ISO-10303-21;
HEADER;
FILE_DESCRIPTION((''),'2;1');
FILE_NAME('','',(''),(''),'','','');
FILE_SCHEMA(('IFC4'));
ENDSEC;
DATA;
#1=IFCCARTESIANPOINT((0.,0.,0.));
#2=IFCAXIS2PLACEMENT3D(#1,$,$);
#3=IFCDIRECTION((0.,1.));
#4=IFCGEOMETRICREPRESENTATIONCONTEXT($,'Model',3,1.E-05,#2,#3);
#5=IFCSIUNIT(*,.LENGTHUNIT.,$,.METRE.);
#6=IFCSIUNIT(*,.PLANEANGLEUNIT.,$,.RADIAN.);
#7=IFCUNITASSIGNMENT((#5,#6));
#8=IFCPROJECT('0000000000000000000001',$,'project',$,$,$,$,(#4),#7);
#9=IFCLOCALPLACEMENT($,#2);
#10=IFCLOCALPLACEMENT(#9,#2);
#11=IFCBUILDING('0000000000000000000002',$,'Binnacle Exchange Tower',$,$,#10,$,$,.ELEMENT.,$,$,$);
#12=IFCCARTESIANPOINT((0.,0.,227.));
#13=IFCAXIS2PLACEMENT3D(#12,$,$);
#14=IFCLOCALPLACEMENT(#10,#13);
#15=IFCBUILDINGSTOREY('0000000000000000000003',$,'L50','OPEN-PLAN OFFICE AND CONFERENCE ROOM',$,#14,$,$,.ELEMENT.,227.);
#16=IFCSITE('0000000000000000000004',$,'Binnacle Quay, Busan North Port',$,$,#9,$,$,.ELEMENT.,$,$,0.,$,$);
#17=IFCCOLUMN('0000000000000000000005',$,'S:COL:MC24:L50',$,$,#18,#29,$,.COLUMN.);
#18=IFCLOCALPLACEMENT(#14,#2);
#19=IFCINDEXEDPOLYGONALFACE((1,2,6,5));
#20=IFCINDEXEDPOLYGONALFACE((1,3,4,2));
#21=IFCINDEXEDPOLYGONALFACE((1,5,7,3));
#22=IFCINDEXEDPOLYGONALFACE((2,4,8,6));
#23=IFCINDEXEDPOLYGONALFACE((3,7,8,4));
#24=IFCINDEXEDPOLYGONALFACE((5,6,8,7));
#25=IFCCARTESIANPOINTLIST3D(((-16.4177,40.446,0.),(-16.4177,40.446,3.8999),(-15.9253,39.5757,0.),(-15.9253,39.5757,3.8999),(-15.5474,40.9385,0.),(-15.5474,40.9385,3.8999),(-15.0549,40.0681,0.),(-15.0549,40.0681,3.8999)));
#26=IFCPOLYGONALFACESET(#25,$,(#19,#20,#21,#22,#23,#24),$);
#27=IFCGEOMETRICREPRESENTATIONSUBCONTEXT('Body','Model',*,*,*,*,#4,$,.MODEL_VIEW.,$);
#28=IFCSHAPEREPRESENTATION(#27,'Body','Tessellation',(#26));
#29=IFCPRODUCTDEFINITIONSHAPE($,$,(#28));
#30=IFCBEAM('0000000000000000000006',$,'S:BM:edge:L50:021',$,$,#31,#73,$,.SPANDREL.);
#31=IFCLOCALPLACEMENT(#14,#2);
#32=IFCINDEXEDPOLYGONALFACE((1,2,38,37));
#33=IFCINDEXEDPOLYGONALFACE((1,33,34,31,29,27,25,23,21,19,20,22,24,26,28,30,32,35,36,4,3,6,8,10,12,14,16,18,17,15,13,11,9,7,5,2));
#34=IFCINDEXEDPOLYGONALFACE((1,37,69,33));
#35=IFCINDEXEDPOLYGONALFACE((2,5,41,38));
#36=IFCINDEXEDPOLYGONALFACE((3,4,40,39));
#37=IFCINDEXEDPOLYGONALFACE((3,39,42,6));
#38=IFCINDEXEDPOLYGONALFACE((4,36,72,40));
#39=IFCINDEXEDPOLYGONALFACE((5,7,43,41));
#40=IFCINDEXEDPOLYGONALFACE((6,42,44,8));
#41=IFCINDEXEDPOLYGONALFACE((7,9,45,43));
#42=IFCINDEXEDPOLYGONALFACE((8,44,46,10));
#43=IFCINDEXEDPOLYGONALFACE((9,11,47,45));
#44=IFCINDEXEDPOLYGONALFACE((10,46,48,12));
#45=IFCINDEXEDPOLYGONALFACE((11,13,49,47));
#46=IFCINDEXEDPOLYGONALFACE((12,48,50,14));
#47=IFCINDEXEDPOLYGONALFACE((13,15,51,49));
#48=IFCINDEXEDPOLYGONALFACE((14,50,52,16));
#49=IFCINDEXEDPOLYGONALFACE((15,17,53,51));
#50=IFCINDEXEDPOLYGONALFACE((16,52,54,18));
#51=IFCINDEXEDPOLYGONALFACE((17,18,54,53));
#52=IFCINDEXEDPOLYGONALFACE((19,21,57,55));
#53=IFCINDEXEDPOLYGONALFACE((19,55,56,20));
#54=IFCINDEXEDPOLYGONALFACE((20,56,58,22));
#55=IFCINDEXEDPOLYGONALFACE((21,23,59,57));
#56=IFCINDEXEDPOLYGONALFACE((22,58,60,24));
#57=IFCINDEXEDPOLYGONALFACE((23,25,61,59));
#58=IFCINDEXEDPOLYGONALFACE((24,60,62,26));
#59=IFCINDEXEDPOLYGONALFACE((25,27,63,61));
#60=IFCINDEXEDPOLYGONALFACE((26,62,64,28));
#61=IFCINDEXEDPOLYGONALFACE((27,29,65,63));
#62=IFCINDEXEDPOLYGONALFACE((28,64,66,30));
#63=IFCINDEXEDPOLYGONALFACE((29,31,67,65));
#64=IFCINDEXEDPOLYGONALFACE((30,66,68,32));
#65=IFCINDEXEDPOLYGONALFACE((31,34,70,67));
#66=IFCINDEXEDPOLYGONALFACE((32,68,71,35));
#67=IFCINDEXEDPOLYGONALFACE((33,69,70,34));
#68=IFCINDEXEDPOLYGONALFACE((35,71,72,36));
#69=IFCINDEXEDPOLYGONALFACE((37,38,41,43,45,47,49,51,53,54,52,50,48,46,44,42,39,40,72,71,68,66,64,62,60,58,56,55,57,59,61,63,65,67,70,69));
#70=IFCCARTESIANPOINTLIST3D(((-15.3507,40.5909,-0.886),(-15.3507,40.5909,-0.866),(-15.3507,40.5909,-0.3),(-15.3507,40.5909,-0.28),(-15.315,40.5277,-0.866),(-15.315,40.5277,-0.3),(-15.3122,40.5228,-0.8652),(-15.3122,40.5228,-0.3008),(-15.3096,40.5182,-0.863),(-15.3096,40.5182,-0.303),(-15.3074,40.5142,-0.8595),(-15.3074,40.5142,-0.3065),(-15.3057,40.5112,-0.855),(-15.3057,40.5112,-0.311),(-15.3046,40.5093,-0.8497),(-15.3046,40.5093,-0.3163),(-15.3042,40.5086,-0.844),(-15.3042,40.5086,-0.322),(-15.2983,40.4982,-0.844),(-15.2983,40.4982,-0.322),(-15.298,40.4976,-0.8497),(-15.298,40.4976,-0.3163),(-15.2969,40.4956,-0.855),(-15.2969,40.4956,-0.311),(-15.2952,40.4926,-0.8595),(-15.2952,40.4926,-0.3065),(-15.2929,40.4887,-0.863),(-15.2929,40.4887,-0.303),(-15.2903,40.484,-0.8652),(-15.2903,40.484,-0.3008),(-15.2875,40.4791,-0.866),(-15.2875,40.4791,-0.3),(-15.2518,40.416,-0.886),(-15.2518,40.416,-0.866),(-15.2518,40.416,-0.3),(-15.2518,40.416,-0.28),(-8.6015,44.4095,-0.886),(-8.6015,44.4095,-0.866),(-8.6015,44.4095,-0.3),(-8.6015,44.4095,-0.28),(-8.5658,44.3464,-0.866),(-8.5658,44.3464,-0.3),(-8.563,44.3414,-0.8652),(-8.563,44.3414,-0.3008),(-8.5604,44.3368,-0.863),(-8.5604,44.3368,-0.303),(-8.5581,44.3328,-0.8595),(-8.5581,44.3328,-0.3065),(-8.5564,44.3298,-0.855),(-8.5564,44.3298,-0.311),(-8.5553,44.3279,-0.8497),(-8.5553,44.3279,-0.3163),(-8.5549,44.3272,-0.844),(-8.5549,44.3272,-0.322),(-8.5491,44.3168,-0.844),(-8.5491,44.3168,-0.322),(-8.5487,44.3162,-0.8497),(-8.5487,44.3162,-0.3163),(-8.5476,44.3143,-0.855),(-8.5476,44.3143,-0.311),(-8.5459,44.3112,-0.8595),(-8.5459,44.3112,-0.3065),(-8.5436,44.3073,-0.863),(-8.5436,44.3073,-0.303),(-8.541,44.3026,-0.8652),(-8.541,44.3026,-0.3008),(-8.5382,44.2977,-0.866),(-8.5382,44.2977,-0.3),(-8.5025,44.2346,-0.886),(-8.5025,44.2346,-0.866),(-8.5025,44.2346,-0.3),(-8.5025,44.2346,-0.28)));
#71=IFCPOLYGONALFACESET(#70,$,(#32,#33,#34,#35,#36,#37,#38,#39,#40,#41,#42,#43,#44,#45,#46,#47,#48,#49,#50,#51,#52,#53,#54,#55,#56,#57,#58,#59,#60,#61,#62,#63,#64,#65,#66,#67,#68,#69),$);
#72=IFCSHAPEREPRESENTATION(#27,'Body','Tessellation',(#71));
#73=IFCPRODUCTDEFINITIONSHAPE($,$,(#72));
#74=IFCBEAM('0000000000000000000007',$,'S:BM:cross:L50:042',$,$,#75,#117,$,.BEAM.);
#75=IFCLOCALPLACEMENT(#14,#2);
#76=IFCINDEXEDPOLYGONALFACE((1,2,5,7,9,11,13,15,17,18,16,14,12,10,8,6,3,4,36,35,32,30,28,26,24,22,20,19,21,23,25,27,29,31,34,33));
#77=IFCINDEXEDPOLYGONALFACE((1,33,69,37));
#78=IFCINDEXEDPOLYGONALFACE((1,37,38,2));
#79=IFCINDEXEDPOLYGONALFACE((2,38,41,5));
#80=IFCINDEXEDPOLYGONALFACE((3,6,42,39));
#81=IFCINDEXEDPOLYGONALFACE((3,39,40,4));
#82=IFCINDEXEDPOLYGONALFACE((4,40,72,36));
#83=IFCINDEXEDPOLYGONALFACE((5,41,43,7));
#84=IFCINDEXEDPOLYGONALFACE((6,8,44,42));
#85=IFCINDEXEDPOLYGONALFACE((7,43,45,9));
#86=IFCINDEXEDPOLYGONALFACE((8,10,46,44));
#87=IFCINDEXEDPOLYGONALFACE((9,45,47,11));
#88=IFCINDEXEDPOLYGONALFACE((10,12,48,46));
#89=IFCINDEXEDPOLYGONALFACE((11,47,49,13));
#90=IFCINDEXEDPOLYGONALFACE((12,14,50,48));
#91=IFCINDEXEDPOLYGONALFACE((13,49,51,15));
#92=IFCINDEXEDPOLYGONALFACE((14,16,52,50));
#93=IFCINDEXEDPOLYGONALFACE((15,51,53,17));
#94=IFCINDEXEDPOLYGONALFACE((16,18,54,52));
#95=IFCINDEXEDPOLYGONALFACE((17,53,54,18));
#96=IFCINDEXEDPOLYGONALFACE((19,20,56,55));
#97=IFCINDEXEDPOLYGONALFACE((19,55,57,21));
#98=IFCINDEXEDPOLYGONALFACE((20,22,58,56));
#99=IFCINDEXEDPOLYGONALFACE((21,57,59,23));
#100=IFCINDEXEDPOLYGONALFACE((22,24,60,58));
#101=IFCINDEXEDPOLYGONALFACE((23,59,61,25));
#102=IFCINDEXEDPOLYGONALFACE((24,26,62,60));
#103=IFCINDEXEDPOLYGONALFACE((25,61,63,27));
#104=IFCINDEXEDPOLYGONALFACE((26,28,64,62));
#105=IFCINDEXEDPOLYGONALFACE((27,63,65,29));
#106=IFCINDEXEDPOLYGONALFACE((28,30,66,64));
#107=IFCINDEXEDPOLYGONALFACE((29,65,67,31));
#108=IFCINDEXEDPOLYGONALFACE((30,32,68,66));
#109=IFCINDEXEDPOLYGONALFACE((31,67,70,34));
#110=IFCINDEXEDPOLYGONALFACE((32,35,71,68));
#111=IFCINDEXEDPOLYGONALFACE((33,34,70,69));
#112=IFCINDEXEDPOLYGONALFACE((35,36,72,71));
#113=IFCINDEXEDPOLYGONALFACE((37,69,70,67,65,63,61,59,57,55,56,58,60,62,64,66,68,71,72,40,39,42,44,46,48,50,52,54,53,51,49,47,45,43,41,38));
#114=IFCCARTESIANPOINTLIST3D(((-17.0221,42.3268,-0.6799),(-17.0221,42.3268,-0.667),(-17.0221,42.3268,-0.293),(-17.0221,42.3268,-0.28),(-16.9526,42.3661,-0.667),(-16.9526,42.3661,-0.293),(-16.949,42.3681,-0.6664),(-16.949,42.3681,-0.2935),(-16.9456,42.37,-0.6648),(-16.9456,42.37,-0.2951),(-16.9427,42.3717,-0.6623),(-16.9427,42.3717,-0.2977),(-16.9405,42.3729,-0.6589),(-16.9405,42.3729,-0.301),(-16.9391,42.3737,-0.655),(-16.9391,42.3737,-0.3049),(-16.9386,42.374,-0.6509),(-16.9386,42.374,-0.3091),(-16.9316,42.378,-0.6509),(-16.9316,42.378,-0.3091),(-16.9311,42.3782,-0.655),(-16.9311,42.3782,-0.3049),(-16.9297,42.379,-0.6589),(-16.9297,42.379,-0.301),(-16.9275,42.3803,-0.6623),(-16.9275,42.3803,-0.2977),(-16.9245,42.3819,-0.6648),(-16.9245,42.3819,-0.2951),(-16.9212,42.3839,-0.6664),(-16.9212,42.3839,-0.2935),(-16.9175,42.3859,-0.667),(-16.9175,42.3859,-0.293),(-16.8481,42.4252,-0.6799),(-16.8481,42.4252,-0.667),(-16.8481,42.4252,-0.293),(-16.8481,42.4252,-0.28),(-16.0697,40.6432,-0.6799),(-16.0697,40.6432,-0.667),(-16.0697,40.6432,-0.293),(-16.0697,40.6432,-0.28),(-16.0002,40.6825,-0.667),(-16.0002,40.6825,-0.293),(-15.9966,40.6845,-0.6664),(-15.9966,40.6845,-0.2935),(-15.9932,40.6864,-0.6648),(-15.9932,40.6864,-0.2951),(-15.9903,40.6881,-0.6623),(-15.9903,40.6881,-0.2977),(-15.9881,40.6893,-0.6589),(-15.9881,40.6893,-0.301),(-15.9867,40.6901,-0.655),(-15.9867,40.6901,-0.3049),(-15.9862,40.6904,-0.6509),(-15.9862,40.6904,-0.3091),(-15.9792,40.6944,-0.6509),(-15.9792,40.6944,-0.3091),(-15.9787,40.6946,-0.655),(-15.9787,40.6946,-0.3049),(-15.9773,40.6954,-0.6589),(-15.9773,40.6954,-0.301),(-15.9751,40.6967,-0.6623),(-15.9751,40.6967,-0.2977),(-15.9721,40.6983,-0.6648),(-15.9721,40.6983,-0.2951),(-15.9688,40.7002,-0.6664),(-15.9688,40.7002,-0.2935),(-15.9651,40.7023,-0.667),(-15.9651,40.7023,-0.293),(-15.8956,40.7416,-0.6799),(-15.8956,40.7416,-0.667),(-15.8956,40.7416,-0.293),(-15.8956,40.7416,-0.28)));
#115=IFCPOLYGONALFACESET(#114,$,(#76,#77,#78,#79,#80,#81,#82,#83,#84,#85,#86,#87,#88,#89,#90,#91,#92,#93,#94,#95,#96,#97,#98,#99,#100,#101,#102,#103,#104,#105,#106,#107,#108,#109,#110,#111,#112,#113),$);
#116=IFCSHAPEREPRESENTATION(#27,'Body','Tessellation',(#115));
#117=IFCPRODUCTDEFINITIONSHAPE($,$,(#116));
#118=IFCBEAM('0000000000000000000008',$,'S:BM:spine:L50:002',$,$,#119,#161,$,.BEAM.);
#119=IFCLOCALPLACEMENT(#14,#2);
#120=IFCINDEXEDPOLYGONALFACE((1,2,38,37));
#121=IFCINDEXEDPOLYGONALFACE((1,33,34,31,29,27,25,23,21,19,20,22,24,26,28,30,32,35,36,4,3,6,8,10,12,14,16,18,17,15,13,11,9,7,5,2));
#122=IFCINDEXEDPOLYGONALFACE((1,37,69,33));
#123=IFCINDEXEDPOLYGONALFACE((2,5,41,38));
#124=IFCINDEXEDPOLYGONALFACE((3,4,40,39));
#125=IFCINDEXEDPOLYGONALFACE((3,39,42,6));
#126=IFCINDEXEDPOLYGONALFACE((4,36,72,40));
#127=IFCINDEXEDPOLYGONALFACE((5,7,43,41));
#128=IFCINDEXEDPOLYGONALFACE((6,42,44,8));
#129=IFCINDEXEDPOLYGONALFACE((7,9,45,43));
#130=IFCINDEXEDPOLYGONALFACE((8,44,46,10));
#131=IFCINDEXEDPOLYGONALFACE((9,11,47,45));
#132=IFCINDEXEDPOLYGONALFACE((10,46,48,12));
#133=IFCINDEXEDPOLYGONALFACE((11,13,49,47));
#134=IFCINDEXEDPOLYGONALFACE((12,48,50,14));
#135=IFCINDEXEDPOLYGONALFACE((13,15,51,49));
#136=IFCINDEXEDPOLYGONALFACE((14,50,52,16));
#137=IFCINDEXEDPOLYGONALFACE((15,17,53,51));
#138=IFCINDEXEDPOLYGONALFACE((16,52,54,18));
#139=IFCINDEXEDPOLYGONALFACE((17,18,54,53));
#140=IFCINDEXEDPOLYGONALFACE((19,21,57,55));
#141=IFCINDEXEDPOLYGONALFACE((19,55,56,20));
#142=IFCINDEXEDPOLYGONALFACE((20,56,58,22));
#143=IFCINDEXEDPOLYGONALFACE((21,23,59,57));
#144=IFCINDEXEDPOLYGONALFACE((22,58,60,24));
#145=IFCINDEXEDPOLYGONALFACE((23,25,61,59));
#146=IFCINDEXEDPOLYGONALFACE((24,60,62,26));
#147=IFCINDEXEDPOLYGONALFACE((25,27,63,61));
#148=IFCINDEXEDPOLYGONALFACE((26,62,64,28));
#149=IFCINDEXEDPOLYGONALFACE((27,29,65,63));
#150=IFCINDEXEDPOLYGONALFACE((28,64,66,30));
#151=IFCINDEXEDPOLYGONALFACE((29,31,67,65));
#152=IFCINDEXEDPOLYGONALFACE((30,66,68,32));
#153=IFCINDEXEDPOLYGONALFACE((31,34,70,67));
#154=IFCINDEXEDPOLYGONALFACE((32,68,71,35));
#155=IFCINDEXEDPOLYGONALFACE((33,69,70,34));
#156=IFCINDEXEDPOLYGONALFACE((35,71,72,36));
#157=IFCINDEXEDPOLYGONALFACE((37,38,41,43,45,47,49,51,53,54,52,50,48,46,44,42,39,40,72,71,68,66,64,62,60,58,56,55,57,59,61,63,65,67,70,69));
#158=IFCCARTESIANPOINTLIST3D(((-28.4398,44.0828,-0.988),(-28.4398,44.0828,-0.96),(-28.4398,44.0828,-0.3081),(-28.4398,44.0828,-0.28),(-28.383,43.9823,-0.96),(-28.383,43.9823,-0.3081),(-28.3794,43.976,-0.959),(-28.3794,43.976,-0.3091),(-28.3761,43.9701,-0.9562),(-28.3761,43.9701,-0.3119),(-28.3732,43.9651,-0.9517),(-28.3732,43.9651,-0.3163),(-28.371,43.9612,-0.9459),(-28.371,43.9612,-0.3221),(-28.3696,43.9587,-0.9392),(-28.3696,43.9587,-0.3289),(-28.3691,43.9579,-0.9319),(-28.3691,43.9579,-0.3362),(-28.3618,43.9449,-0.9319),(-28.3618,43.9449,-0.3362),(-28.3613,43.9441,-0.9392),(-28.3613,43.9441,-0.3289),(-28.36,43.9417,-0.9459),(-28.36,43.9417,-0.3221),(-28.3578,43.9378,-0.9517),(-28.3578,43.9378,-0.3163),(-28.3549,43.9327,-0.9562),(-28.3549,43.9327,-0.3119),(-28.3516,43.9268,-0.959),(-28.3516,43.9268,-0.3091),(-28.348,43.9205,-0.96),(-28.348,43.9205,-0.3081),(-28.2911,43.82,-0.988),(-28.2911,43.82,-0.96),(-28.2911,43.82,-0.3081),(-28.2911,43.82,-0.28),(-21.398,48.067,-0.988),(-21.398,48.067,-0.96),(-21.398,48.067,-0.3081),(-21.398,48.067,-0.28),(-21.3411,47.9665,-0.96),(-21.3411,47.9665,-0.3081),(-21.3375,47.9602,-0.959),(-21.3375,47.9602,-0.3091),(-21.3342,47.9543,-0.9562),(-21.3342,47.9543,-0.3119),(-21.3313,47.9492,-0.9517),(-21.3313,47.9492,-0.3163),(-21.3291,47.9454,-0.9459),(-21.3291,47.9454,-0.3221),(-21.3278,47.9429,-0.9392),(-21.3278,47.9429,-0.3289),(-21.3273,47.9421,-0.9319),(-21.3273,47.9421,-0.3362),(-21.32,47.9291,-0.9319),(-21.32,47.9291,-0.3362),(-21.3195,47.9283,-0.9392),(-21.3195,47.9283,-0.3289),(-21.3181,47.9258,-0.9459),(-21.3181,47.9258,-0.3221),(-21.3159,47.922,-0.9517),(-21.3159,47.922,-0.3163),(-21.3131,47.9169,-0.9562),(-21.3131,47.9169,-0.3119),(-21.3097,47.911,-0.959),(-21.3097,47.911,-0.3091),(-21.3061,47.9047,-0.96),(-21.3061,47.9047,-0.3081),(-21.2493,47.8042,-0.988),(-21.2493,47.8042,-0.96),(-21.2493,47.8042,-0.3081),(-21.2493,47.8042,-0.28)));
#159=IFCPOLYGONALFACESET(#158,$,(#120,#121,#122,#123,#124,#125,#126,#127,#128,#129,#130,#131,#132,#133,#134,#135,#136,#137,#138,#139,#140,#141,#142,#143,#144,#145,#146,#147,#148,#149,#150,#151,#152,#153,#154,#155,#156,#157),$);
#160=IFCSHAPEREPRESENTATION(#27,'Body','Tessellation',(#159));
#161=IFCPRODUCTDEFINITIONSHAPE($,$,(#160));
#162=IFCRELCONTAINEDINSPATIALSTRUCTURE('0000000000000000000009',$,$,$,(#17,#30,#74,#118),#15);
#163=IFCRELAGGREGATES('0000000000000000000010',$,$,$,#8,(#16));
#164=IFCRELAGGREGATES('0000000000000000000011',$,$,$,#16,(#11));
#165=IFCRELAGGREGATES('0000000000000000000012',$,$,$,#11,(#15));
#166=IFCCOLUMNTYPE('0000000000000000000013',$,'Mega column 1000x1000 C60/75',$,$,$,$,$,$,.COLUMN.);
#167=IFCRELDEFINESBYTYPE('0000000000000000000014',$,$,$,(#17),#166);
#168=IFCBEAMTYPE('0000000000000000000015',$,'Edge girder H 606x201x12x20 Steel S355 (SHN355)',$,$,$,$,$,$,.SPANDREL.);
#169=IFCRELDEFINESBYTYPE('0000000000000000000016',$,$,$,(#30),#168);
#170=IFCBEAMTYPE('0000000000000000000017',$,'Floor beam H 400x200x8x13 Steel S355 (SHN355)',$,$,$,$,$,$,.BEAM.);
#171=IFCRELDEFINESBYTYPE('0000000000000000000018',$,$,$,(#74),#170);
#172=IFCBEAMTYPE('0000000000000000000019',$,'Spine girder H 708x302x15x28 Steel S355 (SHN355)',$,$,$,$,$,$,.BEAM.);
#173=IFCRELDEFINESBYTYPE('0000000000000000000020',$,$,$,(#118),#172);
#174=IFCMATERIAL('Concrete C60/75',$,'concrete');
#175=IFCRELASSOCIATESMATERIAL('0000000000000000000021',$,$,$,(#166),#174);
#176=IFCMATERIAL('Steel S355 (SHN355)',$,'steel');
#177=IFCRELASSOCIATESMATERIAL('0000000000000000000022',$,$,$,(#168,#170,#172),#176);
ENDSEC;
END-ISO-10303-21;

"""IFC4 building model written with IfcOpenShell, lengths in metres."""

from ifc_helpers import new_model, si_unit, direction, frame, origin, origin_2d, place, context, subcontext, project, spatial, rectangle, i_section, extrude, material, material_profile, profile_set, type_object, element, save


model = new_model("IFC4")

# Units and contexts
model_context = context("Model", 3, precision=1e-05, world=origin(), true_north=direction((0.0, 1.0)))
body_context = subcontext(model_context, "Body", "Model", "MODEL_VIEW")
ifc_project = project(units=[si_unit("LENGTHUNIT", "METRE"), si_unit("PLANEANGLEUNIT", "RADIAN")], contexts=[model_context])

# Site, building, storey
site_placement = place(None, origin())
site = spatial("IfcSite", under=ifc_project, at=site_placement, Name="Binnacle Quay, Busan North Port", CompositionType="ELEMENT", RefElevation=0.0)
building_placement = place(site_placement, origin())
building = spatial("IfcBuilding", under=site, at=building_placement, Name="Binnacle Exchange Tower", CompositionType="ELEMENT")
storey_placement = place(building_placement, frame((0.0, 0.0, 227.0)))
storey = spatial("IfcBuildingStorey", under=building, at=storey_placement, Name="L50", Description="OPEN-PLAN OFFICE AND CONFERENCE ROOM", CompositionType="ELEMENT", Elevation=227.0)

# Column
ifc_material_1 = material(Name="Concrete C60/75", Category="concrete")
ifc_material_profile_1 = material_profile(ifc_material_1, rectangle(XDim=1.0, YDim=1.0, at=origin_2d()), Name="Mega column 1000x1000 C60/75")
ifc_profile_set_1 = profile_set([ifc_material_profile_1], Name="Concrete C60/75")
column_type = type_object("IfcColumnType", Name="Mega column 1000x1000 C60/75", PredefinedType="COLUMN", material=ifc_profile_set_1)
column_placement = place(storey_placement, frame((-15.7363, 40.2571, 0.0), z_axis=(0.0, 0.0, 1.0), x_axis=(0.870356, 0.492424, 0.0)))
element("IfcColumn", 1, at=column_placement, inside=storey, type_object=column_type, Name="S:COL:MC24:L50", PredefinedType="COLUMN", context=body_context, shape_type="SweptSolid", body=[
    extrude(rectangle(XDim=1.0, YDim=1.0, at=origin_2d()), origin(), (0.0, 0.0, 1.0), 3.8999),
])

# Beams
ifc_material_2 = material(Name="Steel S355 (SHN355)", Category="steel")
ifc_material_profile_2 = material_profile(ifc_material_2, i_section(OverallWidth=0.2009, OverallDepth=0.606, WebThickness=0.012, FlangeThickness=0.02, FilletRadius=0.022, at=origin_2d()), Name="H 606x201x12x20")
ifc_profile_set_2 = profile_set([ifc_material_profile_2], Name="Steel S355 (SHN355)")
beam_type_1 = type_object("IfcBeamType", Name="Edge girder H 606x201x12x20 Steel S355 (SHN355)", PredefinedType="SPANDREL", material=ifc_profile_set_2)
beam_1_placement = place(storey_placement, frame((-15.3013, 40.5034, -0.583), z_axis=(0.870353, 0.492429, 0.0), x_axis=(-0.492429, 0.870353, 0.0)))
element("IfcBeam", 2, at=beam_1_placement, inside=storey, type_object=beam_type_1, Name="S:BM:edge:L50:021", PredefinedType="SPANDREL", context=body_context, shape_type="SweptSolid", body=[
    extrude(i_section(OverallWidth=0.2009, OverallDepth=0.606, WebThickness=0.012, FlangeThickness=0.02, FilletRadius=0.022, at=origin_2d()), origin(), (0.0, 0.0, 1.0), 7.7546),
])
ifc_material_profile_3 = material_profile(ifc_material_2, i_section(OverallWidth=0.2, OverallDepth=0.3999, WebThickness=0.0081, FlangeThickness=0.0129, FilletRadius=0.0161, at=origin_2d()), Name="H 400x200x8x13")
ifc_profile_set_3 = profile_set([ifc_material_profile_3], Name="Steel S355 (SHN355)")
beam_type_2 = type_object("IfcBeamType", Name="Floor beam H 400x200x8x13 Steel S355 (SHN355)", PredefinedType="BEAM", material=ifc_profile_set_3)
beam_2_placement = place(storey_placement, frame((-15.9827, 40.6924, -0.48), z_axis=(-0.492369, 0.870386, 0.0), x_axis=(-0.870386, -0.492369, 0.0)))
element("IfcBeam", 3, at=beam_2_placement, inside=storey, type_object=beam_type_2, Name="S:BM:cross:L50:042", PredefinedType="BEAM", context=body_context, shape_type="SweptSolid", body=[
    extrude(i_section(OverallWidth=0.2, OverallDepth=0.3999, WebThickness=0.0081, FlangeThickness=0.0129, FilletRadius=0.0161, at=origin_2d()), origin(), (0.0, 0.0, 1.0), 1.9343),
])
ifc_material_profile_4 = material_profile(ifc_material_2, i_section(OverallWidth=0.302, OverallDepth=0.708, WebThickness=0.0149, FlangeThickness=0.0281, FilletRadius=0.0281, at=origin_2d()), Name="H 708x302x15x28")
ifc_profile_set_4 = profile_set([ifc_material_profile_4], Name="Steel S355 (SHN355)")
beam_type_3 = type_object("IfcBeamType", Name="Spine girder H 708x302x15x28 Steel S355 (SHN355)", PredefinedType="BEAM", material=ifc_profile_set_4)
beam_3_placement = place(storey_placement, frame((-28.3655, 43.9514, -0.634), z_axis=(0.87035, 0.492433, 0.0), x_axis=(-0.492433, 0.87035, 0.0)))
element("IfcBeam", 4, at=beam_3_placement, inside=storey, type_object=beam_type_3, Name="S:BM:spine:L50:002", PredefinedType="BEAM", context=body_context, shape_type="SweptSolid", body=[
    extrude(i_section(OverallWidth=0.302, OverallDepth=0.708, WebThickness=0.0149, FlangeThickness=0.0281, FilletRadius=0.0281, at=origin_2d()), origin(), (0.0, 0.0, 1.0), 8.0908),
])

save(model, "model.ifc")
